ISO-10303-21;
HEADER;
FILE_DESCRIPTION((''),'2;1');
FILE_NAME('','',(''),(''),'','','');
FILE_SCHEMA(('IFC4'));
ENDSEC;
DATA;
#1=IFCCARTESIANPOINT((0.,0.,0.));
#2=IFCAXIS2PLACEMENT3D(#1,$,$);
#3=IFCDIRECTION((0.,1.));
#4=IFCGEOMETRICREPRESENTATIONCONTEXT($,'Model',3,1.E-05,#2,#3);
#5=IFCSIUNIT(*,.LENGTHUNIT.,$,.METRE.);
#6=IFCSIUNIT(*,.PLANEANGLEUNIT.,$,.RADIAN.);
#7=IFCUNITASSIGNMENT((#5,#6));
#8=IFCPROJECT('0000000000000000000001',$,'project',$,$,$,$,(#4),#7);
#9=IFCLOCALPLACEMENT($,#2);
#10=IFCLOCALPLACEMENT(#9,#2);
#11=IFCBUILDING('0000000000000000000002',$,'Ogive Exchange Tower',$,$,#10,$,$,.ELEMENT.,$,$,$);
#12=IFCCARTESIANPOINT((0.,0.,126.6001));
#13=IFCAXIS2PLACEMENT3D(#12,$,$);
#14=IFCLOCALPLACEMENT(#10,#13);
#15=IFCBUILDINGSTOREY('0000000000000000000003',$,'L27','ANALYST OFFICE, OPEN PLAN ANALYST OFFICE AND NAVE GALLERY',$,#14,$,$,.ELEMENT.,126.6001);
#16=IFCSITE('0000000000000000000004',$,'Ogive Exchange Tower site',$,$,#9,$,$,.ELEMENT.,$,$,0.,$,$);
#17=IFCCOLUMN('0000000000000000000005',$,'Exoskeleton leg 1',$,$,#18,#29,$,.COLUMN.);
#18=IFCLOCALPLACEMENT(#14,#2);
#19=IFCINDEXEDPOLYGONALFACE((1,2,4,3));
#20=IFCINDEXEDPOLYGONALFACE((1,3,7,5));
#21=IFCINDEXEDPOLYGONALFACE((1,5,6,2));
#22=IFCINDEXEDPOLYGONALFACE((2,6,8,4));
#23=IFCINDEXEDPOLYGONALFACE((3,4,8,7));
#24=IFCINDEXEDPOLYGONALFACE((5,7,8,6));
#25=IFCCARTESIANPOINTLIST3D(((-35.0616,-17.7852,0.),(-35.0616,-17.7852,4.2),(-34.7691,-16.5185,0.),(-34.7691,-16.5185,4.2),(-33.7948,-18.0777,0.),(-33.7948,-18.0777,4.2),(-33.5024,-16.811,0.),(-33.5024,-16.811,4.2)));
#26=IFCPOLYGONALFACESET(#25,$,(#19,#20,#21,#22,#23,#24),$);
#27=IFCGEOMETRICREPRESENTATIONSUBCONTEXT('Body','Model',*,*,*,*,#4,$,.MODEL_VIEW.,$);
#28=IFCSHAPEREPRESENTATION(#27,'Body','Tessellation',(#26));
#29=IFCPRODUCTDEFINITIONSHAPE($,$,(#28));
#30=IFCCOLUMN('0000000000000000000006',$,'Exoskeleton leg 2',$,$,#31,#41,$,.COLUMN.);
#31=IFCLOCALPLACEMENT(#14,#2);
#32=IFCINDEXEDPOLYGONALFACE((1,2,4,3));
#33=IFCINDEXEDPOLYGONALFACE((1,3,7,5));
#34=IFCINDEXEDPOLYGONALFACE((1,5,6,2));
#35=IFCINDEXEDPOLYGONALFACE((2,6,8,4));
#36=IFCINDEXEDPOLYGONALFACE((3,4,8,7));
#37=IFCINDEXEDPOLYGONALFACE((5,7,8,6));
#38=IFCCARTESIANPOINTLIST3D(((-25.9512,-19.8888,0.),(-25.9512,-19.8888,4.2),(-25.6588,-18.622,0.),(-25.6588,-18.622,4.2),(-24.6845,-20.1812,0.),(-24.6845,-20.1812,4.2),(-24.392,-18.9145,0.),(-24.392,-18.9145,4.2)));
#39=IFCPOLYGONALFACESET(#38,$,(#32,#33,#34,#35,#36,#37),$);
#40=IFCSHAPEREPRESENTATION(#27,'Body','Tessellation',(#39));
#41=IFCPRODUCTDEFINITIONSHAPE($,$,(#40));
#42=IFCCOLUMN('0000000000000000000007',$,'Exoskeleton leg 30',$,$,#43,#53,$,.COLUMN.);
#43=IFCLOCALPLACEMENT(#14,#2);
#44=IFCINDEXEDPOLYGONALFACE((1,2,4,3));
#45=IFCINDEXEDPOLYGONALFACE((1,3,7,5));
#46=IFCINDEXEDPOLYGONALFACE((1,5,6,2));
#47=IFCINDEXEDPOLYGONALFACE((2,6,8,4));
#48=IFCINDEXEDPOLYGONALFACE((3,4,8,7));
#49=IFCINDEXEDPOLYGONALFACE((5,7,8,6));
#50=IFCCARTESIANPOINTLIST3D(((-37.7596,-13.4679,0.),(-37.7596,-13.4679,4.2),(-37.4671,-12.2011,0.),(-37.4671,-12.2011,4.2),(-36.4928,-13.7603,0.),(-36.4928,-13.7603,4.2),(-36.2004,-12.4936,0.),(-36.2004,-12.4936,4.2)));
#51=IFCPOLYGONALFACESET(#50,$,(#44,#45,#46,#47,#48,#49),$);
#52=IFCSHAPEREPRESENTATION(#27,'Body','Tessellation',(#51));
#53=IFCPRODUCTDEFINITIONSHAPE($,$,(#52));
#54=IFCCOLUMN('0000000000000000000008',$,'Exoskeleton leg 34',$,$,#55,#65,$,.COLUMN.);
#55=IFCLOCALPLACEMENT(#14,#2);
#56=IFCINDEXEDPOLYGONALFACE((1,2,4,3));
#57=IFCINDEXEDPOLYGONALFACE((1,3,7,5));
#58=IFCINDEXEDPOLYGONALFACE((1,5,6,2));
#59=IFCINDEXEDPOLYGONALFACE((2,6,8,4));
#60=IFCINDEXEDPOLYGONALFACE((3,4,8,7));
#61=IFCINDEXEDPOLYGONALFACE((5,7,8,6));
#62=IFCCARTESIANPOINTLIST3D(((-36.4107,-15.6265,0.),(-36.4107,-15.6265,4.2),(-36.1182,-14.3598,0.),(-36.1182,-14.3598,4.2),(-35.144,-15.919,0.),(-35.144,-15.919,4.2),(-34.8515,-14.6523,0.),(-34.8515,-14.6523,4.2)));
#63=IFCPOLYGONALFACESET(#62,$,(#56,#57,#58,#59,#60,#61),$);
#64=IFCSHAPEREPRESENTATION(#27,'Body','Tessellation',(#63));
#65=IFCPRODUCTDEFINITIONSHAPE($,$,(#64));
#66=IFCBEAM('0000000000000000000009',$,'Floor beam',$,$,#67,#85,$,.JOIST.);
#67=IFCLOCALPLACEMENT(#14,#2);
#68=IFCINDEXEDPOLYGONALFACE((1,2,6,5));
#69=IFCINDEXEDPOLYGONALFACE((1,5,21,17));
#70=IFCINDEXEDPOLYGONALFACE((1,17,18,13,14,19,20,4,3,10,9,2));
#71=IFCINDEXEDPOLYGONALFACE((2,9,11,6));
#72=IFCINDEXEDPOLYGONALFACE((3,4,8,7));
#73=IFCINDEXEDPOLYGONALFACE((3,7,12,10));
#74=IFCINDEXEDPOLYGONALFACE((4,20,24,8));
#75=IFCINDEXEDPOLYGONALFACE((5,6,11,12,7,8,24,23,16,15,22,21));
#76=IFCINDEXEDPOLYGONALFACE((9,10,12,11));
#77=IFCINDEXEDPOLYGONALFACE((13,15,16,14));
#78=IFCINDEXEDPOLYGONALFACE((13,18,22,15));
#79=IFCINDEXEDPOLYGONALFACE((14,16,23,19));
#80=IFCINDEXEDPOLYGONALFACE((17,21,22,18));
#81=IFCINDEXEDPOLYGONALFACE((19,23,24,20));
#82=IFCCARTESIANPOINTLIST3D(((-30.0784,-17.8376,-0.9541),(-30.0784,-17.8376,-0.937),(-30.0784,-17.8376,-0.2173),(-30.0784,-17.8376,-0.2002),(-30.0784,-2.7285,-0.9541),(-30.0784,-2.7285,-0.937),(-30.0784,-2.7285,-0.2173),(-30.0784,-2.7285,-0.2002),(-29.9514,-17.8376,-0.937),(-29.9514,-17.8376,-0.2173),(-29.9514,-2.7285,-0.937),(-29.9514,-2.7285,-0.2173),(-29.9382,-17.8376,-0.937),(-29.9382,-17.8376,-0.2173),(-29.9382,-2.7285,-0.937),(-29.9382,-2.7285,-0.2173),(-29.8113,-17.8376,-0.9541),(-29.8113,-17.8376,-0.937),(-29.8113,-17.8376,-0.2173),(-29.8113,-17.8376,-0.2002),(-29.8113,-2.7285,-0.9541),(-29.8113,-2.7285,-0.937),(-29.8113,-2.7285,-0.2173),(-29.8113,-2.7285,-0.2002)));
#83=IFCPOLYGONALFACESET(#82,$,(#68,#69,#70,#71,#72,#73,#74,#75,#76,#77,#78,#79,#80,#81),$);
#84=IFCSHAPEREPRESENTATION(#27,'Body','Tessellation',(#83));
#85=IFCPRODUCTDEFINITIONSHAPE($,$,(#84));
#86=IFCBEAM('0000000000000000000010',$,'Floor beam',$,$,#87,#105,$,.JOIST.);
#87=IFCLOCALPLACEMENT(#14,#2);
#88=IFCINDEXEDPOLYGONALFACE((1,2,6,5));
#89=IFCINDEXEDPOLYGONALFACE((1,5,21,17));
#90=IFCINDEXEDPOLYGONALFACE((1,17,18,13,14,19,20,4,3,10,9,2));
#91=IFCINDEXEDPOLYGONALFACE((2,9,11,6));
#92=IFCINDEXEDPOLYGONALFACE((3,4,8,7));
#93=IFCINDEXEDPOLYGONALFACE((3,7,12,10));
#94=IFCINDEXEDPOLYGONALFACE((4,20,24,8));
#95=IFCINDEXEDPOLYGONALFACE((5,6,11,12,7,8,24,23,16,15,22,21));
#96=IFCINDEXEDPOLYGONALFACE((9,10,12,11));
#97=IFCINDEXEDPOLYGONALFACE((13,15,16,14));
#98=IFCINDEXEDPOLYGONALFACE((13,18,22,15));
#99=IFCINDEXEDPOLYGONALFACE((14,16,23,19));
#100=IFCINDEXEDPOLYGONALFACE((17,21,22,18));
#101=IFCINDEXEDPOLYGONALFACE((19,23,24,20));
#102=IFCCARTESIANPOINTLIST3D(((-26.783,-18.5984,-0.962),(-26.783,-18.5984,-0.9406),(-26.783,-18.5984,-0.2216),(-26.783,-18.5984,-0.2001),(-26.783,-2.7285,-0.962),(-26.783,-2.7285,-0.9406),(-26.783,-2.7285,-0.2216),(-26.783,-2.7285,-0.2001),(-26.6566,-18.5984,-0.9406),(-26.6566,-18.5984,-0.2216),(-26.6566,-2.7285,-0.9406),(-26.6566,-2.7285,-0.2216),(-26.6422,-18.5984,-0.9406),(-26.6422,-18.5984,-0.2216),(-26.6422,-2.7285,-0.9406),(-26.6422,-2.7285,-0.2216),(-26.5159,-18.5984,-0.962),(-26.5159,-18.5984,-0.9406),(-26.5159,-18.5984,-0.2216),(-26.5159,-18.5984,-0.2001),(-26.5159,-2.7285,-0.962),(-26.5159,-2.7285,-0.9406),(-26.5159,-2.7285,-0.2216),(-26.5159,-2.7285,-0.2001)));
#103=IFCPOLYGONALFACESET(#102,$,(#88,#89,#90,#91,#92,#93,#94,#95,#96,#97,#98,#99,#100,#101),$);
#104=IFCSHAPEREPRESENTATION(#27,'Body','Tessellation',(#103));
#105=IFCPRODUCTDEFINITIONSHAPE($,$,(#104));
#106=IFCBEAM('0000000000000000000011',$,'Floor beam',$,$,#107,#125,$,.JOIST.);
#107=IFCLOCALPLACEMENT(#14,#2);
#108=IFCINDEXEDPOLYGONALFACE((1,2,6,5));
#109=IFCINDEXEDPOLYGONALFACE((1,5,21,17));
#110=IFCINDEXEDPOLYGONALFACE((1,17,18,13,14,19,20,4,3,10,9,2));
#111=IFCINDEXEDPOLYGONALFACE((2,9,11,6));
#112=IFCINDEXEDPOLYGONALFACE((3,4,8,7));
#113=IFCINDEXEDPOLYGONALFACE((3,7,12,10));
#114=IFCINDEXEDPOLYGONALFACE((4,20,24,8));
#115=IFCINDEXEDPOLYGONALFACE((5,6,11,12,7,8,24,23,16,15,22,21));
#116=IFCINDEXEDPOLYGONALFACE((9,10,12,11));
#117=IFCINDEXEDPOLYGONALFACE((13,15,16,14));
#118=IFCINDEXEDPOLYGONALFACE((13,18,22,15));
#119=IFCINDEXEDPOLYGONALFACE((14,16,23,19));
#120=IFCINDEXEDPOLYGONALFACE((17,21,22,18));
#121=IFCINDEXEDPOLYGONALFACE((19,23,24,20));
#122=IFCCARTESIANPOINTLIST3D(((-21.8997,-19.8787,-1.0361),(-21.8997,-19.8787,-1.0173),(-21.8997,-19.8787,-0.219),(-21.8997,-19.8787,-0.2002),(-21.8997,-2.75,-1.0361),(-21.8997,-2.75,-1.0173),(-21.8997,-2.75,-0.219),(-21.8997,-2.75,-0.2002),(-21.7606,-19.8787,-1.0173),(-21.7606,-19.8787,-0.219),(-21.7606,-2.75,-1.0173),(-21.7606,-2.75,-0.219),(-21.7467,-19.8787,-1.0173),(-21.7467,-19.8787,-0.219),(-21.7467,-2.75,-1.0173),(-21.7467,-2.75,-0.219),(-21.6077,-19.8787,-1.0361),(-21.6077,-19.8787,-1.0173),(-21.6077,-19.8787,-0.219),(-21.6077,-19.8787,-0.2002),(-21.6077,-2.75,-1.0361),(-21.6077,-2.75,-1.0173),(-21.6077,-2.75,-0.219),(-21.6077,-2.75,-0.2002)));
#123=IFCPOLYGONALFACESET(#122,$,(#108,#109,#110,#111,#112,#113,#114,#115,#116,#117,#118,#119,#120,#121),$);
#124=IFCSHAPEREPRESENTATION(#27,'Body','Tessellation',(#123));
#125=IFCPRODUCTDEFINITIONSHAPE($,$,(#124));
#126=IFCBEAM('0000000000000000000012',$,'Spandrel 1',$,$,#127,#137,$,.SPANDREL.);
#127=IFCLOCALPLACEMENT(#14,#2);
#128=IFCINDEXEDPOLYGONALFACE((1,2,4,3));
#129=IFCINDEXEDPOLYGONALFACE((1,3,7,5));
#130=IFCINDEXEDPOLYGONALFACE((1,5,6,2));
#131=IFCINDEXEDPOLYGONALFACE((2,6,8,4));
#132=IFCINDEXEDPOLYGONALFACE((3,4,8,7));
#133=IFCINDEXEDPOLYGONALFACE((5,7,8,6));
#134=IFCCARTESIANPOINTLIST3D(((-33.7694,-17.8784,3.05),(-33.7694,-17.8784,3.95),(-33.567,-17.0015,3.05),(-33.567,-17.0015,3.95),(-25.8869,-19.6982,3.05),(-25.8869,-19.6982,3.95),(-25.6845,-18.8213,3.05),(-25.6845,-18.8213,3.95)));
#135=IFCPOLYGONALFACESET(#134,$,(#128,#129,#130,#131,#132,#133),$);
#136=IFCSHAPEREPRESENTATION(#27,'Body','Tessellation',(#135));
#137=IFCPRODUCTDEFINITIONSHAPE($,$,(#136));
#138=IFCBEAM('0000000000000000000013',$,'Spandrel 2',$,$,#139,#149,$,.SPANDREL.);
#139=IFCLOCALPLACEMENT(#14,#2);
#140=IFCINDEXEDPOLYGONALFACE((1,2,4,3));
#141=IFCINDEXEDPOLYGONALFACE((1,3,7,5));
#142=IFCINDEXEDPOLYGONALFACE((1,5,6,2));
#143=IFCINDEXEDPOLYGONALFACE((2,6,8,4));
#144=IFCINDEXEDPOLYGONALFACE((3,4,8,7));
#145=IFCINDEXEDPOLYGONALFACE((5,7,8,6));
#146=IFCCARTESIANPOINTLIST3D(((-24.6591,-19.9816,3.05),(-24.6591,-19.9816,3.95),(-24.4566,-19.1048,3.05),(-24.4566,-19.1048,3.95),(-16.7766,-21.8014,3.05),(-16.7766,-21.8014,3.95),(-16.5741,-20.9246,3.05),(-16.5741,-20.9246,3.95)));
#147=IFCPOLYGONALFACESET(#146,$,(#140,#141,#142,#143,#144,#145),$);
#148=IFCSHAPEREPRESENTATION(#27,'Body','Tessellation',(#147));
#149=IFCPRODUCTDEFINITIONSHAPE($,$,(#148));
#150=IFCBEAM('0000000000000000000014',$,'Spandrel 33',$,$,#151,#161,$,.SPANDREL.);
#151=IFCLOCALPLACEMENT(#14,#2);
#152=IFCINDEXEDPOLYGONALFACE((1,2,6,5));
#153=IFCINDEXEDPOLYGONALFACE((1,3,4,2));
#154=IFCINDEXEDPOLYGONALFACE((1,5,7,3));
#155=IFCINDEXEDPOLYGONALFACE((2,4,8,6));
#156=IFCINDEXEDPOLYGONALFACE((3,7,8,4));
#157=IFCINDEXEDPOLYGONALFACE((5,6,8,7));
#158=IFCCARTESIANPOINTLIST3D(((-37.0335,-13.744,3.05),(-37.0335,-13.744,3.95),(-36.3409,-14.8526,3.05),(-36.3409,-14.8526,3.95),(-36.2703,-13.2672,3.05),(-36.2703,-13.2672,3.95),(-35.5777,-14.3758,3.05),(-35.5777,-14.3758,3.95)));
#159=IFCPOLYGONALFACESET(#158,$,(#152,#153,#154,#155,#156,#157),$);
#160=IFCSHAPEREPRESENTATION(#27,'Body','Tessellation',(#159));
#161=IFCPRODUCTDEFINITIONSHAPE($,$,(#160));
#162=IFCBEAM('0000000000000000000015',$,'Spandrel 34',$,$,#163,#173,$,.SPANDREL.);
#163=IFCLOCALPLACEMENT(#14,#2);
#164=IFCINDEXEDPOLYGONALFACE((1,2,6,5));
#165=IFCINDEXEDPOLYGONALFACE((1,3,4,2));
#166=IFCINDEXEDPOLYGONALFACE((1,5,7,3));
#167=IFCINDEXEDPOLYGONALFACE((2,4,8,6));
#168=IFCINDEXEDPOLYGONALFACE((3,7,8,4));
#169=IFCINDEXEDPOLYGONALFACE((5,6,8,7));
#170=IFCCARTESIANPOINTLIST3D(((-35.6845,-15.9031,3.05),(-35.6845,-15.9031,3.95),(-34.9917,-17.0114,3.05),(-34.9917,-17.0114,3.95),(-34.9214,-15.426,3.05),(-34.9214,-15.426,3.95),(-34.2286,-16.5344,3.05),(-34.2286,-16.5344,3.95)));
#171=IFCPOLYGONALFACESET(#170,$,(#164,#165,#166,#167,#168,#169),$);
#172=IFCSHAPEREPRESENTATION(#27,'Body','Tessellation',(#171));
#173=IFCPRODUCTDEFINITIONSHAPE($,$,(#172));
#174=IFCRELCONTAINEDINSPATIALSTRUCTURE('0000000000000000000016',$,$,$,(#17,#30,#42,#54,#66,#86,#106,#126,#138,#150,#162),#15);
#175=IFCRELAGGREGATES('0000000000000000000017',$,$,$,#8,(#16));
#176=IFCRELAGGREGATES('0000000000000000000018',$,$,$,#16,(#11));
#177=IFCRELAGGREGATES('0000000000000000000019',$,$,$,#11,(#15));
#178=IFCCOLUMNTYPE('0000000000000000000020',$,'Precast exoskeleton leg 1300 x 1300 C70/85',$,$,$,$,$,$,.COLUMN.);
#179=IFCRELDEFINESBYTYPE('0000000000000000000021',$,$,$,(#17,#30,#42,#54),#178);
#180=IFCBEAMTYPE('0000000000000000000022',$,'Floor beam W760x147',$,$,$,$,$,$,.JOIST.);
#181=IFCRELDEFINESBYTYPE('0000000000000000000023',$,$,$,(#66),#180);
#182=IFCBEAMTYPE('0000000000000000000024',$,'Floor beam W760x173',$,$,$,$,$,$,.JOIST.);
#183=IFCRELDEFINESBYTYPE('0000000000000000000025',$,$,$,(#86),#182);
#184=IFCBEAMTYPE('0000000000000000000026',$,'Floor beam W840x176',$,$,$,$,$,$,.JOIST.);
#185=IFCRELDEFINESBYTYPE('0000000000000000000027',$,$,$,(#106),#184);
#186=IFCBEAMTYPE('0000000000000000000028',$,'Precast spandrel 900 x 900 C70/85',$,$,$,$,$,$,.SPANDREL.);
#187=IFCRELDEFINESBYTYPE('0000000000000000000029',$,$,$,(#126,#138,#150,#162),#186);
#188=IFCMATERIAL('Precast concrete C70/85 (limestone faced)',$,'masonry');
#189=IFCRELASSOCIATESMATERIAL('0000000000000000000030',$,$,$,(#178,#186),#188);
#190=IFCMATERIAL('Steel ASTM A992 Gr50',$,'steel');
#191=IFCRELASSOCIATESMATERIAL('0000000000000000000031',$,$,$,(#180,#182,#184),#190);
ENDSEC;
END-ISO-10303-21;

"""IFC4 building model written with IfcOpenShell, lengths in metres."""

from ifc_helpers import new_model, si_unit, direction, frame, origin, origin_2d, place, context, subcontext, project, spatial, rectangle, i_section, extrude, material, material_profile, profile_set, type_object, element, save


model = new_model("IFC4")

# Units and contexts
model_context = context("Model", 3, precision=1e-05, world=origin(), true_north=direction((0.0, 1.0)))
body_context = subcontext(model_context, "Body", "Model", "MODEL_VIEW")
ifc_project = project(units=[si_unit("LENGTHUNIT", "METRE"), si_unit("PLANEANGLEUNIT", "RADIAN")], contexts=[model_context])

# Site, building, storey
site_placement = place(None, origin())
site = spatial("IfcSite", under=ifc_project, at=site_placement, Name="Ogive Exchange Tower site", CompositionType="ELEMENT", RefElevation=0.0)
building_placement = place(site_placement, origin())
building = spatial("IfcBuilding", under=site, at=building_placement, Name="Ogive Exchange Tower", CompositionType="ELEMENT")
storey_placement = place(building_placement, frame((0.0, 0.0, 126.6001)))
storey = spatial("IfcBuildingStorey", under=building, at=storey_placement, Name="L27", Description="ANALYST OFFICE, OPEN PLAN ANALYST OFFICE AND NAVE GALLERY", CompositionType="ELEMENT", Elevation=126.6001)

# Columns
ifc_material_1 = material(Name="Precast concrete C70/85 (limestone faced)", Category="masonry")
ifc_material_profile_1 = material_profile(ifc_material_1, rectangle(XDim=1.3, YDim=1.3, at=origin_2d()), Name="1300 x 1300")
ifc_profile_set_1 = profile_set([ifc_material_profile_1], Name="Precast concrete C70/85 (limestone faced)")
column_type = type_object("IfcColumnType", Name="Precast exoskeleton leg 1300 x 1300 C70/85", PredefinedType="COLUMN", material=ifc_profile_set_1)
for number, where, z_axis, x_axis, name in (
    (1, (-34.282, -17.2981, 0.0), (0.0, 0.0, 1.0), (0.97437, -0.224951, 0.0), "Exoskeleton leg 1"),
    (2, (-25.1716, -19.4016, 0.0), (0.0, 0.0, 1.0), (0.97437, -0.224951, 0.0), "Exoskeleton leg 2"),
    (3, (-36.98, -12.9807, 0.0), (0.0, 0.0, 1.0), (0.97437, -0.224951, 0.0), "Exoskeleton leg 30"),
    (4, (-35.6311, -15.1394, 0.0), (0.0, 0.0, 1.0), (0.97437, -0.224951, 0.0), "Exoskeleton leg 34"),
):
    element("IfcColumn", number, at=place(storey_placement, frame(where, z_axis=z_axis, x_axis=x_axis)), inside=storey, type_object=column_type, Name=name, PredefinedType="COLUMN", context=body_context, shape_type="SweptSolid", body=[
        extrude(rectangle(XDim=1.3, YDim=1.3, at=origin_2d()), origin(), (0.0, 0.0, 1.0), 4.2),
    ])

# Beams
ifc_material_2 = material(Name="Steel ASTM A992 Gr50", Category="steel")
ifc_material_profile_2 = material_profile(ifc_material_2, i_section(OverallWidth=0.2671, OverallDepth=0.7539, WebThickness=0.0132, FlangeThickness=0.0171, at=origin_2d()), Name="W760x147")
ifc_profile_set_2 = profile_set([ifc_material_profile_2], Name="Steel ASTM A992 Gr50")
beam_type_1 = type_object("IfcBeamType", Name="Floor beam W760x147", PredefinedType="JOIST", material=ifc_profile_set_2)
beam_1_placement = place(storey_placement, frame((-29.9448, -17.8376, -0.5771), z_axis=(0.0, 1.0, 0.0), x_axis=(-1.0, 0.0, 0.0)))
element("IfcBeam", 5, at=beam_1_placement, inside=storey, type_object=beam_type_1, Name="Floor beam", PredefinedType="JOIST", context=body_context, shape_type="SweptSolid", body=[
    extrude(i_section(OverallWidth=0.2671, OverallDepth=0.7539, WebThickness=0.0132, FlangeThickness=0.0171, at=origin_2d()), origin(), (0.0, 0.0, 1.0), 15.1091),
])
ifc_material_profile_3 = material_profile(ifc_material_2, i_section(OverallWidth=0.2671, OverallDepth=0.762, WebThickness=0.0144, FlangeThickness=0.0215, at=origin_2d()), Name="W760x173")
ifc_profile_set_3 = profile_set([ifc_material_profile_3], Name="Steel ASTM A992 Gr50")
beam_type_2 = type_object("IfcBeamType", Name="Floor beam W760x173", PredefinedType="JOIST", material=ifc_profile_set_3)
beam_2_placement = place(storey_placement, frame((-26.6494, -18.5984, -0.5811), z_axis=(0.0, 1.0, 0.0), x_axis=(-1.0, 0.0, 0.0)))
element("IfcBeam", 6, at=beam_2_placement, inside=storey, type_object=beam_type_2, Name="Floor beam", PredefinedType="JOIST", context=body_context, shape_type="SweptSolid", body=[
    extrude(i_section(OverallWidth=0.2671, OverallDepth=0.762, WebThickness=0.0144, FlangeThickness=0.0215, at=origin_2d()), origin(), (0.0, 0.0, 1.0), 15.8699),
])
ifc_material_profile_4 = material_profile(ifc_material_2, i_section(OverallWidth=0.292, OverallDepth=0.8359, WebThickness=0.0139, FlangeThickness=0.0188, at=origin_2d()), Name="W840x176")
ifc_profile_set_4 = profile_set([ifc_material_profile_4], Name="Steel ASTM A992 Gr50")
beam_type_3 = type_object("IfcBeamType", Name="Floor beam W840x176", PredefinedType="JOIST", material=ifc_profile_set_4)
beam_3_placement = place(storey_placement, frame((-21.7537, -19.8787, -0.6182), z_axis=(0.0, 1.0, 0.0), x_axis=(-1.0, 0.0, 0.0)))
element("IfcBeam", 7, at=beam_3_placement, inside=storey, type_object=beam_type_3, Name="Floor beam", PredefinedType="JOIST", context=body_context, shape_type="SweptSolid", body=[
    extrude(i_section(OverallWidth=0.292, OverallDepth=0.8359, WebThickness=0.0139, FlangeThickness=0.0188, at=origin_2d()), origin(), (0.0, 0.0, 1.0), 17.1287),
])
ifc_material_profile_5 = material_profile(ifc_material_1, rectangle(XDim=0.8999, YDim=0.8999, at=origin_2d()), Name="900 x 900")
ifc_profile_set_5 = profile_set([ifc_material_profile_5], Name="Precast concrete C70/85 (limestone faced)")
beam_type_4 = type_object("IfcBeamType", Name="Precast spandrel 900 x 900 C70/85", PredefinedType="SPANDREL", material=ifc_profile_set_5)
for number, where, z_axis, x_axis, name in (
    (8, (-33.6682, -17.4399, 3.5), (0.97437, -0.22495, 0.0), (0.22495, 0.97437, 0.0), "Spandrel 1"),
    (9, (-24.5579, -19.5432, 3.5), (0.97437, -0.22495, 0.0), (0.22495, 0.97437, 0.0), "Spandrel 2"),
):
    element("IfcBeam", number, at=place(storey_placement, frame(where, z_axis=z_axis, x_axis=x_axis)), inside=storey, type_object=beam_type_4, Name=name, PredefinedType="SPANDREL", context=body_context, shape_type="SweptSolid", body=[
        extrude(rectangle(XDim=0.8999, YDim=0.8999, at=origin_2d()), origin(), (0.0, 0.0, 1.0), 8.0898),
    ])
for number, where, z_axis, x_axis, name in (
    (10, (-36.6519, -13.5056, 3.5), (0.529848, -0.848093, 0.0), (0.848093, 0.529848, 0.0), "Spandrel 33"),
    (11, (-35.303, -15.6646, 3.5), (0.530066, -0.847956, 0.0), (0.847956, 0.530066, 0.0), "Spandrel 34"),
):
    element("IfcBeam", number, at=place(storey_placement, frame(where, z_axis=z_axis, x_axis=x_axis)), inside=storey, type_object=beam_type_4, Name=name, PredefinedType="SPANDREL", context=body_context, shape_type="SweptSolid", body=[
        extrude(rectangle(XDim=0.8999, YDim=0.8999, at=origin_2d()), origin(), (0.0, 0.0, 1.0), 1.3071),
    ])

save(model, "model.ifc")
